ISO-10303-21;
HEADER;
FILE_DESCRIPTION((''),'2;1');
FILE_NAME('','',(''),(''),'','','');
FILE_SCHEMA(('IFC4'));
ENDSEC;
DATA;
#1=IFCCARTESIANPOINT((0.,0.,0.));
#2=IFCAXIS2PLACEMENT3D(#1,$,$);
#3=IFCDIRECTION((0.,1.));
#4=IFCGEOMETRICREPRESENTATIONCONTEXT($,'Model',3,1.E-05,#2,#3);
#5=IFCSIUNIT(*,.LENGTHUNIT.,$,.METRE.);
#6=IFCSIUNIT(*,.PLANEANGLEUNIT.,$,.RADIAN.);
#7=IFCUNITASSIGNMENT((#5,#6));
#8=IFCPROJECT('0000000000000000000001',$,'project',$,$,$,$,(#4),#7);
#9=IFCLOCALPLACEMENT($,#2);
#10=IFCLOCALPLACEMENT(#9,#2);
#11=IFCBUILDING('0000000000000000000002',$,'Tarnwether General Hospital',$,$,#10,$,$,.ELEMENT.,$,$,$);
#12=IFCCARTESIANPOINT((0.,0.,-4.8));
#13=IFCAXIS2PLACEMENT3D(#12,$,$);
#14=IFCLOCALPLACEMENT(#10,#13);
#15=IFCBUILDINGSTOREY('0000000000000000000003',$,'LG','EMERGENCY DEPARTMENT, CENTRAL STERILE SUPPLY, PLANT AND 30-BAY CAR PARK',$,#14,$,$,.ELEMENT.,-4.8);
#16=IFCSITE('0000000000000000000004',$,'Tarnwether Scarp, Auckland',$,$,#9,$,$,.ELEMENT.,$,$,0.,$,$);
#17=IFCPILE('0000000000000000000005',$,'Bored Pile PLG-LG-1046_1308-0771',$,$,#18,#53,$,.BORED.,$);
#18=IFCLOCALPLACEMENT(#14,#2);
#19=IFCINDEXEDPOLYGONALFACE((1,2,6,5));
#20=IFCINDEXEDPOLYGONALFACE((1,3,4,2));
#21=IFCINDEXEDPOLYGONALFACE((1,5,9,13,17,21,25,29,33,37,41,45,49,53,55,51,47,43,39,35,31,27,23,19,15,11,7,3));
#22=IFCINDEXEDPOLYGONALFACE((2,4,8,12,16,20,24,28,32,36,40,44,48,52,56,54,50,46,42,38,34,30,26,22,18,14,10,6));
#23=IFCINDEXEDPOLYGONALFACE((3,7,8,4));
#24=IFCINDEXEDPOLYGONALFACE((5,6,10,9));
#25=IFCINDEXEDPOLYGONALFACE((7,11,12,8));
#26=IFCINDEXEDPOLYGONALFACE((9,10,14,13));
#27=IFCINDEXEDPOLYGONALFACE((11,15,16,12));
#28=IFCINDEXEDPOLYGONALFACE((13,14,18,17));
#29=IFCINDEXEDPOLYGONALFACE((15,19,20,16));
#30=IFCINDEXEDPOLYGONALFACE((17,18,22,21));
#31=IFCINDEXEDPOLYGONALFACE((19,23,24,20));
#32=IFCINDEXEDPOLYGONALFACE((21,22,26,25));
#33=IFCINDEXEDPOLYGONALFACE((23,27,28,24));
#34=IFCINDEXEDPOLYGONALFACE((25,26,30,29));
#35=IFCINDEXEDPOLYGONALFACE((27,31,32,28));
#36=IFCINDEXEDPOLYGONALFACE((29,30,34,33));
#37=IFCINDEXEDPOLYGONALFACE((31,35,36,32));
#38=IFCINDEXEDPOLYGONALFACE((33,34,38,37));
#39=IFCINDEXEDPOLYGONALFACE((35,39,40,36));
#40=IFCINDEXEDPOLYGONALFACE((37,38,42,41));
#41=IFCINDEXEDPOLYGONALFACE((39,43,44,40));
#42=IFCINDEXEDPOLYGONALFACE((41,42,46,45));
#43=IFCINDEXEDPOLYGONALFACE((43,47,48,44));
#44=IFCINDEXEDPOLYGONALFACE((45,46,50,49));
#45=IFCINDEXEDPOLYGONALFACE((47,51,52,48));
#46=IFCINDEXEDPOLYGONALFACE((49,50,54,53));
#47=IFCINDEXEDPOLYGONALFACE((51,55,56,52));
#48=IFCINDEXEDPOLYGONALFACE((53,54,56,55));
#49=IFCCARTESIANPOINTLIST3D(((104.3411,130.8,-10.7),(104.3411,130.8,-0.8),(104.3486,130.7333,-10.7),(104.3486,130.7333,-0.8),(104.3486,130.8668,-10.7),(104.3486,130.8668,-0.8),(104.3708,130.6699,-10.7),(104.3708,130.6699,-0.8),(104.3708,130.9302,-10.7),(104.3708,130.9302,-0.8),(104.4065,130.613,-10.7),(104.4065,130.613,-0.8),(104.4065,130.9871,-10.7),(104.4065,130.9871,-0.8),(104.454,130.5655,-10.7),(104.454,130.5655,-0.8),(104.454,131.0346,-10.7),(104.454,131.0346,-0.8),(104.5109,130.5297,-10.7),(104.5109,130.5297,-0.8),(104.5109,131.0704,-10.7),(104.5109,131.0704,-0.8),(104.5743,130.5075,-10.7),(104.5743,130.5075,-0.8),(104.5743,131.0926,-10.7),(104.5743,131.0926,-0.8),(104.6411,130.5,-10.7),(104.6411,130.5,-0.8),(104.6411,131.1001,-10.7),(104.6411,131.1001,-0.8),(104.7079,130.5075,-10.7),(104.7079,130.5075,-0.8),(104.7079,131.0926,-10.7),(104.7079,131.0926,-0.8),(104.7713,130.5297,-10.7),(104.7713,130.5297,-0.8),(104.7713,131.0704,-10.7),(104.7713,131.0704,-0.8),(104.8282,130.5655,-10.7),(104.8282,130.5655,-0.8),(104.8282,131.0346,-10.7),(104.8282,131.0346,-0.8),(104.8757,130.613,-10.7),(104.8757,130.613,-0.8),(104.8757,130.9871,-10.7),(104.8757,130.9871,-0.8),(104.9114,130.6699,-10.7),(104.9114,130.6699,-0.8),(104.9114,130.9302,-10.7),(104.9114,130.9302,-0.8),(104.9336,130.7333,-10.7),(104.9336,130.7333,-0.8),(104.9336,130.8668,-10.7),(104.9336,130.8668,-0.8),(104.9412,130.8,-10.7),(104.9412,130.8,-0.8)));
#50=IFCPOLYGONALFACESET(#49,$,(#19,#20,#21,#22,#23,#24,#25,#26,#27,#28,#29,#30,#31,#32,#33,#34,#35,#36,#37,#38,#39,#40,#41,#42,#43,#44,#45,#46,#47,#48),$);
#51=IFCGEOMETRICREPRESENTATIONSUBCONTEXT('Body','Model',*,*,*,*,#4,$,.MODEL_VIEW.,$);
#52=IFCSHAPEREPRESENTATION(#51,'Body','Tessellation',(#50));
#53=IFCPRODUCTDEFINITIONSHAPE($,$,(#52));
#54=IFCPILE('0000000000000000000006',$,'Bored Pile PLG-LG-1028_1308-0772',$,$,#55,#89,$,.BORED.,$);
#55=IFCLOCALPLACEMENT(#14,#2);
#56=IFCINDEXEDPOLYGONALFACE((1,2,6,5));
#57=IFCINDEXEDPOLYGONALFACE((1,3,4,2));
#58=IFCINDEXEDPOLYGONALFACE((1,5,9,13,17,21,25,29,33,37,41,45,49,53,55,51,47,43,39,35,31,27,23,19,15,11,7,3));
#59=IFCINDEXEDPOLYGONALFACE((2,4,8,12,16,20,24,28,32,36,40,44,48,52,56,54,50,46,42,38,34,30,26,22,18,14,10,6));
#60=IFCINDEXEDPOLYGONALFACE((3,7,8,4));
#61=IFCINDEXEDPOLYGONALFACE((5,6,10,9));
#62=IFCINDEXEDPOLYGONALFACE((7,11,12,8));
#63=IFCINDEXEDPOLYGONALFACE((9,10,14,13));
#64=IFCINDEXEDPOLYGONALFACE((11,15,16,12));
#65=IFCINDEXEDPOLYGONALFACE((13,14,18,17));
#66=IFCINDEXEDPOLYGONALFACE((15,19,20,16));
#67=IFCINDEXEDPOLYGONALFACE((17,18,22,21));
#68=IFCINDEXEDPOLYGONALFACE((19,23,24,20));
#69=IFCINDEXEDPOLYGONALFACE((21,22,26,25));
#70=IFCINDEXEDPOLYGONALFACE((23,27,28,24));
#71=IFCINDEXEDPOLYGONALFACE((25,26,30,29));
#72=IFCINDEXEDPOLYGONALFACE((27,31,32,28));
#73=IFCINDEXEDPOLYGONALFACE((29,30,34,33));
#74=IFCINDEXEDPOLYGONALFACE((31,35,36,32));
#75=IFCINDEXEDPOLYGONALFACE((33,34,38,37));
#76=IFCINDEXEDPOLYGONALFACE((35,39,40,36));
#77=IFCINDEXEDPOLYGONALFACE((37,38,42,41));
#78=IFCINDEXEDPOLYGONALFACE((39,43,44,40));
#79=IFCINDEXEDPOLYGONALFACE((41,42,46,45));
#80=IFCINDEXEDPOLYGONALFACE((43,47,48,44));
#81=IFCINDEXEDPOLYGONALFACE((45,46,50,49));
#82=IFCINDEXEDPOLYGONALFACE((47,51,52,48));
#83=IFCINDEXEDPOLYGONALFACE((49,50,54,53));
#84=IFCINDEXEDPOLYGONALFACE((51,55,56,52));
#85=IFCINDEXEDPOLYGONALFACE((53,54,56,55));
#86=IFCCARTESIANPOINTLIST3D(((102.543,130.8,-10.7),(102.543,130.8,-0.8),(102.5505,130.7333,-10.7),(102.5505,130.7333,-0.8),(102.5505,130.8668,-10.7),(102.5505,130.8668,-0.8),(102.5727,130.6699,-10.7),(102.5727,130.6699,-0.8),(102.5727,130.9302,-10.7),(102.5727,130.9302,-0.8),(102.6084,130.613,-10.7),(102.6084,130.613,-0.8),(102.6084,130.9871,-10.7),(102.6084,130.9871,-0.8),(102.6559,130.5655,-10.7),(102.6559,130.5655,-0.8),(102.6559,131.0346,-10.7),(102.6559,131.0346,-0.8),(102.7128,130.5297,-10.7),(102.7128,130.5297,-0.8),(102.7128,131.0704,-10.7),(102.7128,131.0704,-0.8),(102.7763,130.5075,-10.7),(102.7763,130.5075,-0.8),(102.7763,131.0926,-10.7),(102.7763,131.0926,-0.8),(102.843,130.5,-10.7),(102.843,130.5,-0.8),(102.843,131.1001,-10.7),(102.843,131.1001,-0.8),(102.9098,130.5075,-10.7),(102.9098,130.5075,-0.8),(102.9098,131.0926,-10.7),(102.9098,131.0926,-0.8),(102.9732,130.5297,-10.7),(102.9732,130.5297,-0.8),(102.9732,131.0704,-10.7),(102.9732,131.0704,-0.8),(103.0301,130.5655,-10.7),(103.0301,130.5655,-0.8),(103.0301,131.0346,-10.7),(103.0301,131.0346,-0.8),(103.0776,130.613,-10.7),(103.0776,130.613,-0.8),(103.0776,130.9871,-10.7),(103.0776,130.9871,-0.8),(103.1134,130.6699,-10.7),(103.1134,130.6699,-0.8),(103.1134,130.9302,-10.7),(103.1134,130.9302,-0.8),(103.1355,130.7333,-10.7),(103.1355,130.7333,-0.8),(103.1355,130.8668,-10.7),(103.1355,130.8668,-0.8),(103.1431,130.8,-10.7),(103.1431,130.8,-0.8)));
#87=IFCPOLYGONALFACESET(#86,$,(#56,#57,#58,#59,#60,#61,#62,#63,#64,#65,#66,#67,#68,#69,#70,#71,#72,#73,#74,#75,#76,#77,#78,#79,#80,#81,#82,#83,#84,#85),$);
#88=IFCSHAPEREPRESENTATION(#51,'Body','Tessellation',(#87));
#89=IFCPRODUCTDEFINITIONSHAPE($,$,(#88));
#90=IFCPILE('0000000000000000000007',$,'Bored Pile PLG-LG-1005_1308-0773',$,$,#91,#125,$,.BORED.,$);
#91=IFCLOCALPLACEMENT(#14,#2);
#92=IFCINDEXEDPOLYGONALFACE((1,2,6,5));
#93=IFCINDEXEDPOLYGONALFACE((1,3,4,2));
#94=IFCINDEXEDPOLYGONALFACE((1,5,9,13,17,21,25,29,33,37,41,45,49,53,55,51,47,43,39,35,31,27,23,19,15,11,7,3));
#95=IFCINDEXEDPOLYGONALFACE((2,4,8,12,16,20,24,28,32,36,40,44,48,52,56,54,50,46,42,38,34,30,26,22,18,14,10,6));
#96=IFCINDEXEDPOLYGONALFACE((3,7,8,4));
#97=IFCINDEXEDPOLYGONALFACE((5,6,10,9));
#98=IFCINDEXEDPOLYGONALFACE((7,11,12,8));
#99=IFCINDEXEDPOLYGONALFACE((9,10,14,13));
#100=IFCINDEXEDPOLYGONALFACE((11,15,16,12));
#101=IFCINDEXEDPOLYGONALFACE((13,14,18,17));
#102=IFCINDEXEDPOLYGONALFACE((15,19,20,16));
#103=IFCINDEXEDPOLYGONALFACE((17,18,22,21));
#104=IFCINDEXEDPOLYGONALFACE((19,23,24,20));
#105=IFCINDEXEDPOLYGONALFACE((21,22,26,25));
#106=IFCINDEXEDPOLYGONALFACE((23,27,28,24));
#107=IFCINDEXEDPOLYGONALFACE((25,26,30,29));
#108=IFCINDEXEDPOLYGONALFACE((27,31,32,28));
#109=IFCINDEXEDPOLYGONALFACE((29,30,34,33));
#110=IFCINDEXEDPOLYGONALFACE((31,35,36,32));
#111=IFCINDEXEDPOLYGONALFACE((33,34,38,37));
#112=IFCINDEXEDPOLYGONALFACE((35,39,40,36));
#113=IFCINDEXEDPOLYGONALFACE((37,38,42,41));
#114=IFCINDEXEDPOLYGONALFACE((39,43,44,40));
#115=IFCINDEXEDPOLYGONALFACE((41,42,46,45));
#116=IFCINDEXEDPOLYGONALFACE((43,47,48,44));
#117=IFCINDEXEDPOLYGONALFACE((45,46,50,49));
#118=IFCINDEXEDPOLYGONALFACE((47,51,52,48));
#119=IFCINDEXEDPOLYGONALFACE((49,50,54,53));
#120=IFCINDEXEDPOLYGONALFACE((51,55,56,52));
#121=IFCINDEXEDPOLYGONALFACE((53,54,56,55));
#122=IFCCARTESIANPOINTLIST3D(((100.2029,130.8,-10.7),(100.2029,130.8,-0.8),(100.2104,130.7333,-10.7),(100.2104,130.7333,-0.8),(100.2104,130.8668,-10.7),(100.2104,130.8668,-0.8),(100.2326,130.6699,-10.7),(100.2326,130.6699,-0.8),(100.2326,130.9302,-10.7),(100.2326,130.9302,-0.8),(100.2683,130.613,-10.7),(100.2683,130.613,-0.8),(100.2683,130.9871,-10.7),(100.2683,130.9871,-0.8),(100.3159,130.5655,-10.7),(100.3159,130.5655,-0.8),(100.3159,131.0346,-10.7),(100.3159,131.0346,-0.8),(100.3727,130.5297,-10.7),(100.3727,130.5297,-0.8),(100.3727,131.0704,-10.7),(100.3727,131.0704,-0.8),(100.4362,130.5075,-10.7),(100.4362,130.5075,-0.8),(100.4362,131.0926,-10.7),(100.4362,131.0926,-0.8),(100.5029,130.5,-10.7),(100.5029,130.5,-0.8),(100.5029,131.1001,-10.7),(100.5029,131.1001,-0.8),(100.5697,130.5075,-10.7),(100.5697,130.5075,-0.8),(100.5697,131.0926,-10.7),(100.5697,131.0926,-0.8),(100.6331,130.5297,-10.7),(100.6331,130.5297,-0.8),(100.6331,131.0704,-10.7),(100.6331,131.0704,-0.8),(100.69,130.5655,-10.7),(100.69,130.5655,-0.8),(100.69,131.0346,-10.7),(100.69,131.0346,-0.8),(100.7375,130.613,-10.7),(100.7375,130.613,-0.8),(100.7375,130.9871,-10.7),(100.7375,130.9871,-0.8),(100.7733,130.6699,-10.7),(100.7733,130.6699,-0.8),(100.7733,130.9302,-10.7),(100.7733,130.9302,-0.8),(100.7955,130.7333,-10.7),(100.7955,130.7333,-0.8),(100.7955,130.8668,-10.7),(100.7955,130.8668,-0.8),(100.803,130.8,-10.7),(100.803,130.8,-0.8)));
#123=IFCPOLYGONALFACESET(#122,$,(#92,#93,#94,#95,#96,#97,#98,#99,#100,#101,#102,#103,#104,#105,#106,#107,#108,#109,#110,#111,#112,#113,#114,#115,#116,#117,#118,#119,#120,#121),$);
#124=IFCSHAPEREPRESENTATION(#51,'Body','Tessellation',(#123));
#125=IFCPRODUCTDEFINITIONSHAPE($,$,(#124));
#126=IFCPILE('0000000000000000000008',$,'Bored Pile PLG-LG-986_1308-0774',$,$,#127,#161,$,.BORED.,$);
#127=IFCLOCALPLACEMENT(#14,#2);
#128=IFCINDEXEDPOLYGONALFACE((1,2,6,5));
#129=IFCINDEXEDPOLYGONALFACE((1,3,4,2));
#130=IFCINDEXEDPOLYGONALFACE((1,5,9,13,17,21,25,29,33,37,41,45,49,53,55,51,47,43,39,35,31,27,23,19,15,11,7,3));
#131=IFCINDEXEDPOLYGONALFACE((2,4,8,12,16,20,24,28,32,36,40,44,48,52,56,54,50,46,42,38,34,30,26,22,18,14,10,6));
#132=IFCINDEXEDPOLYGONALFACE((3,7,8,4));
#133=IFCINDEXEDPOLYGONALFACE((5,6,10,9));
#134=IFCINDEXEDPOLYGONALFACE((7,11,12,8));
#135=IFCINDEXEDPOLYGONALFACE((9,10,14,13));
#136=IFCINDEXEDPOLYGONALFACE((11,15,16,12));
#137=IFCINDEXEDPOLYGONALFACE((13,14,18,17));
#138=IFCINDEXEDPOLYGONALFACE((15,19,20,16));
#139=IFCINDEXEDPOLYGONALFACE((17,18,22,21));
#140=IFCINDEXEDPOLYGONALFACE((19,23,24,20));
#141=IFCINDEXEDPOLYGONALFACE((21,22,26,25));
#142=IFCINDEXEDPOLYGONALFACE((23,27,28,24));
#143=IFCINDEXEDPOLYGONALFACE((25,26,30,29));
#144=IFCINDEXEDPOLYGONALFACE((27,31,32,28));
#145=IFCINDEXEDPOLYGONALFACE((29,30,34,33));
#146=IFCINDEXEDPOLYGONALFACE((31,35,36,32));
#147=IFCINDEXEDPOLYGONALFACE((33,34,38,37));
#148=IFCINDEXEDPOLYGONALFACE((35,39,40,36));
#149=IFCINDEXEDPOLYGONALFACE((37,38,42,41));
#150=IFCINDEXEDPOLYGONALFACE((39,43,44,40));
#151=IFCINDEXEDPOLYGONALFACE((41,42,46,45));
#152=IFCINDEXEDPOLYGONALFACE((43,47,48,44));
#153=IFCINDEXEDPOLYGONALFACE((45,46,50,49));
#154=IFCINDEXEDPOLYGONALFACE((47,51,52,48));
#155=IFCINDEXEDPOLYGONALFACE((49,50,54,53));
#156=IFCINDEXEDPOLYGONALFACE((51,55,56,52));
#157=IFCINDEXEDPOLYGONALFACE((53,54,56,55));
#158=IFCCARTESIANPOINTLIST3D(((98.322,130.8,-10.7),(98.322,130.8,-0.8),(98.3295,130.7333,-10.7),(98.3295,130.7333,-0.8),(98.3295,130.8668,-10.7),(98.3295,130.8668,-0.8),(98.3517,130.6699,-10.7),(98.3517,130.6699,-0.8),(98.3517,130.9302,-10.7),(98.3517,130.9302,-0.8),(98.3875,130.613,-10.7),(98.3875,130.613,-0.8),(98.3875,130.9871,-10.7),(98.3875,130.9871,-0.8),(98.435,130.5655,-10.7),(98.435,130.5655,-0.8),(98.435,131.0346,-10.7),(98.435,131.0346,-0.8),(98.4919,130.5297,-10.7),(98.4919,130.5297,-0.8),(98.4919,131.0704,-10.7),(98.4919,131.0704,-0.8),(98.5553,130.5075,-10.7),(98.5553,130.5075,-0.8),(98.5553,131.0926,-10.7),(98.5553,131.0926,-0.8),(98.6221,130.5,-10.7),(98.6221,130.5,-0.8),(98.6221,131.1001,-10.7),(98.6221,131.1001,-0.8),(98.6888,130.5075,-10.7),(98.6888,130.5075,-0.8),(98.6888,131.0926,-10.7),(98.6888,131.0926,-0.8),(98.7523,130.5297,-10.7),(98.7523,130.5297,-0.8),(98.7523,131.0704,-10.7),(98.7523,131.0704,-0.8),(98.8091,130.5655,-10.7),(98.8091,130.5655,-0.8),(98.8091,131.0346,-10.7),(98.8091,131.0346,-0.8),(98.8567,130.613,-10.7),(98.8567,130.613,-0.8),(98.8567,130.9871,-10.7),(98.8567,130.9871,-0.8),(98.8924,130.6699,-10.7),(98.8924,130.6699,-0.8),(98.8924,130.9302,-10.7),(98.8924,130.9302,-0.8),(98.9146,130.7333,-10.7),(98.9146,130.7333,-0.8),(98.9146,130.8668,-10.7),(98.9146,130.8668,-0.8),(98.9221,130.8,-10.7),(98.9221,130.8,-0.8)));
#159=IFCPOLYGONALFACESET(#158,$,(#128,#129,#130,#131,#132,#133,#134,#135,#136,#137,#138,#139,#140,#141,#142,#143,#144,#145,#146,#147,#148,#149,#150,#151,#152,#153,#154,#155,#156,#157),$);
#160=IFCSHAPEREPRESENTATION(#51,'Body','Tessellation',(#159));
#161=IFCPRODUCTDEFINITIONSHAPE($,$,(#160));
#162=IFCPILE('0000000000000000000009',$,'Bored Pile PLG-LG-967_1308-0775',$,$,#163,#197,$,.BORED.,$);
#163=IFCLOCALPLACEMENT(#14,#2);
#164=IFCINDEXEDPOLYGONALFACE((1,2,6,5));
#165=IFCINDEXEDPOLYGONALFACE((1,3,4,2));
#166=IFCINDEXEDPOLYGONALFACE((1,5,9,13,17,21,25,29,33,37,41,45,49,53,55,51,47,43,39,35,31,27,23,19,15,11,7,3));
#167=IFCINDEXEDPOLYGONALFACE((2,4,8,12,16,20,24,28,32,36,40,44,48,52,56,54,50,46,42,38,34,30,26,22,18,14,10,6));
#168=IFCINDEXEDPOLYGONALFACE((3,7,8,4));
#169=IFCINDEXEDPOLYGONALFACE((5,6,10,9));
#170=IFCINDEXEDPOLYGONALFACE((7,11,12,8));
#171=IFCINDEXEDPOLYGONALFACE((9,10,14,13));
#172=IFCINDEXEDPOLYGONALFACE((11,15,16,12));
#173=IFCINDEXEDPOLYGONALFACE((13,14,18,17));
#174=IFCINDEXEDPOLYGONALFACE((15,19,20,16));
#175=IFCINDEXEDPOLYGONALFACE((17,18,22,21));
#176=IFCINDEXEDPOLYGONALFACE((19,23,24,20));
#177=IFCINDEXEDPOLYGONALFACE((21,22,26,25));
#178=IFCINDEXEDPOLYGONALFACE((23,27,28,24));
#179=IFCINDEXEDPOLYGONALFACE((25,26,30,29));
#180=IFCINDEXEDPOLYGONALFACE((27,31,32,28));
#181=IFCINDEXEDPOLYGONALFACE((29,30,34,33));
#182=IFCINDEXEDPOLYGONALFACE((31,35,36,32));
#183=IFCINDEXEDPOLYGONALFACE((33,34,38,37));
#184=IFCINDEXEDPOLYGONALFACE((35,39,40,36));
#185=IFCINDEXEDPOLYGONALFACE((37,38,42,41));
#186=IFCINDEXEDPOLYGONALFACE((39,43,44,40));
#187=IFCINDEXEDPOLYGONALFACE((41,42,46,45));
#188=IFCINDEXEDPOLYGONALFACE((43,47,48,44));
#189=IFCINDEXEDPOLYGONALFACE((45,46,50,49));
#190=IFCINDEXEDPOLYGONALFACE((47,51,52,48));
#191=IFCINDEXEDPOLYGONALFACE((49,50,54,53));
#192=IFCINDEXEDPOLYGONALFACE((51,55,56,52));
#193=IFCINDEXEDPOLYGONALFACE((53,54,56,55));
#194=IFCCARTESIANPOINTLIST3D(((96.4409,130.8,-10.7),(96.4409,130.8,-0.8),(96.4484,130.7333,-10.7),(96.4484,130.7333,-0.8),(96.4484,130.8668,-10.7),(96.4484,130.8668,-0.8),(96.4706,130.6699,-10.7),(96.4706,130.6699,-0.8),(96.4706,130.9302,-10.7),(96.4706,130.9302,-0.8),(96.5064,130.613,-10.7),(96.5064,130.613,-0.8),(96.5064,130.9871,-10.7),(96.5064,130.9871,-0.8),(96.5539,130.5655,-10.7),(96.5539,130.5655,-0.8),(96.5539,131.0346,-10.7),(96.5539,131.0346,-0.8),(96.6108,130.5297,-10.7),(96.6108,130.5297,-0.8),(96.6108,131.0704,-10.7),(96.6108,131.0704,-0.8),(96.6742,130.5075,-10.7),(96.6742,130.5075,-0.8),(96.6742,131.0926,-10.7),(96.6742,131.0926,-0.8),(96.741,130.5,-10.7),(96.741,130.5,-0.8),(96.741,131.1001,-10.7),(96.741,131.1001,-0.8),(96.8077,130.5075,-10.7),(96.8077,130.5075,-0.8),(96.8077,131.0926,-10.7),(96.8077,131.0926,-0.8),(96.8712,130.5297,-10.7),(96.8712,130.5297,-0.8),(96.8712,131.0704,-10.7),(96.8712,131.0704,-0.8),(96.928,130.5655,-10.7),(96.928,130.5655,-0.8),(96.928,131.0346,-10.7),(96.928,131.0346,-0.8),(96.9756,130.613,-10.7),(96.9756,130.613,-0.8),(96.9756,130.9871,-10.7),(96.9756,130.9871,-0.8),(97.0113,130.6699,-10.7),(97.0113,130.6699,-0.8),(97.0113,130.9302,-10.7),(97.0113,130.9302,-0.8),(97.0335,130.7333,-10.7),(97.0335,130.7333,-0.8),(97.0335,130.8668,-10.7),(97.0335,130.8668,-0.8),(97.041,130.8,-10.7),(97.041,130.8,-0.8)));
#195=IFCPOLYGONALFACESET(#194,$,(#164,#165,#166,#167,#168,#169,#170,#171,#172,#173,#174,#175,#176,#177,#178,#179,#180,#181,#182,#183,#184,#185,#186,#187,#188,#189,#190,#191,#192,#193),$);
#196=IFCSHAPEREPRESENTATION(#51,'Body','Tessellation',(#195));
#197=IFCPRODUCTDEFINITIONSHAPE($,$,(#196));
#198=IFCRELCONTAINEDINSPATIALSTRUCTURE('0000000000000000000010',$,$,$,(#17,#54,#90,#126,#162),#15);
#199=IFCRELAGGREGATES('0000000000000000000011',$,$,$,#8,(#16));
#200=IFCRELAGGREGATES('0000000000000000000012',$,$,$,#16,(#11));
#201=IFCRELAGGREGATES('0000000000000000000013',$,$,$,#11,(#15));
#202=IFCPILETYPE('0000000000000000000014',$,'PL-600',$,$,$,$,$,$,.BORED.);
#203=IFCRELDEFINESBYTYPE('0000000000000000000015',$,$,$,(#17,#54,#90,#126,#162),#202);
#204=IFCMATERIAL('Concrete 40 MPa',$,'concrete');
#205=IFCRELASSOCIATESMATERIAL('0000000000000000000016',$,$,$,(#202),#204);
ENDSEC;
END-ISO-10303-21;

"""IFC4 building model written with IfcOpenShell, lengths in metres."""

from ifc_helpers import new_model, si_unit, direction, frame, origin, origin_2d, place, context, subcontext, project, spatial, circle, extrude, material, material_profile, profile_set, type_object, element, save


model = new_model("IFC4")

# Units and contexts
model_context = context("Model", 3, precision=1e-05, world=origin(), true_north=direction((0.0, 1.0)))
body_context = subcontext(model_context, "Body", "Model", "MODEL_VIEW")
ifc_project = project(units=[si_unit("LENGTHUNIT", "METRE"), si_unit("PLANEANGLEUNIT", "RADIAN")], contexts=[model_context])

# Site, building, storey
site_placement = place(None, origin())
site = spatial("IfcSite", under=ifc_project, at=site_placement, Name="Tarnwether Scarp, Auckland", CompositionType="ELEMENT", RefElevation=0.0)
building_placement = place(site_placement, origin())
building = spatial("IfcBuilding", under=site, at=building_placement, Name="Tarnwether General Hospital", CompositionType="ELEMENT")
storey_placement = place(building_placement, frame((0.0, 0.0, -4.8)))
storey = spatial("IfcBuildingStorey", under=building, at=storey_placement, Name="LG", Description="EMERGENCY DEPARTMENT, CENTRAL STERILE SUPPLY, PLANT AND 30-BAY CAR PARK", CompositionType="ELEMENT", Elevation=-4.8)

# Piles
ifc_material_1 = material(Name="Concrete 40 MPa", Category="concrete")
ifc_material_profile_1 = material_profile(ifc_material_1, circle(Radius=0.3, at=origin_2d()), Name="PILE-D600")
ifc_profile_set_1 = profile_set([ifc_material_profile_1], Name="Concrete 40 MPa")
pile_type_1 = type_object("IfcPileType", Name="PL-600", PredefinedType="BORED", material=ifc_profile_set_1)
for number, where, z_axis, x_axis, name in (
    (1, (104.6411, 130.8, -0.8), (0.0, 0.0, -1.0), (1.0, 0.0, 0.0), "Bored Pile PLG-LG-1046_1308-0771"),
    (2, (102.843, 130.8, -0.8), (0.0, 0.0, -1.0), (1.0, 0.0, 0.0), "Bored Pile PLG-LG-1028_1308-0772"),
    (3, (100.5029, 130.8, -0.8), (0.0, 0.0, -1.0), (1.0, 0.0, 0.0), "Bored Pile PLG-LG-1005_1308-0773"),
    (4, (98.6221, 130.8, -0.8), (0.0, 0.0, -1.0), (1.0, 0.0, 0.0), "Bored Pile PLG-LG-986_1308-0774"),
    (5, (96.741, 130.8, -0.8), (0.0, 0.0, -1.0), (1.0, 0.0, 0.0), "Bored Pile PLG-LG-967_1308-0775"),
):
    element("IfcPile", number, at=place(storey_placement, frame(where, z_axis=z_axis, x_axis=x_axis)), inside=storey, type_object=pile_type_1, Name=name, PredefinedType="BORED", context=body_context, shape_type="SweptSolid", body=[
        extrude(circle(Radius=0.3, at=origin_2d()), origin(), (0.0, 0.0, 1.0), 9.8999),
    ])

save(model, "model.ifc")
